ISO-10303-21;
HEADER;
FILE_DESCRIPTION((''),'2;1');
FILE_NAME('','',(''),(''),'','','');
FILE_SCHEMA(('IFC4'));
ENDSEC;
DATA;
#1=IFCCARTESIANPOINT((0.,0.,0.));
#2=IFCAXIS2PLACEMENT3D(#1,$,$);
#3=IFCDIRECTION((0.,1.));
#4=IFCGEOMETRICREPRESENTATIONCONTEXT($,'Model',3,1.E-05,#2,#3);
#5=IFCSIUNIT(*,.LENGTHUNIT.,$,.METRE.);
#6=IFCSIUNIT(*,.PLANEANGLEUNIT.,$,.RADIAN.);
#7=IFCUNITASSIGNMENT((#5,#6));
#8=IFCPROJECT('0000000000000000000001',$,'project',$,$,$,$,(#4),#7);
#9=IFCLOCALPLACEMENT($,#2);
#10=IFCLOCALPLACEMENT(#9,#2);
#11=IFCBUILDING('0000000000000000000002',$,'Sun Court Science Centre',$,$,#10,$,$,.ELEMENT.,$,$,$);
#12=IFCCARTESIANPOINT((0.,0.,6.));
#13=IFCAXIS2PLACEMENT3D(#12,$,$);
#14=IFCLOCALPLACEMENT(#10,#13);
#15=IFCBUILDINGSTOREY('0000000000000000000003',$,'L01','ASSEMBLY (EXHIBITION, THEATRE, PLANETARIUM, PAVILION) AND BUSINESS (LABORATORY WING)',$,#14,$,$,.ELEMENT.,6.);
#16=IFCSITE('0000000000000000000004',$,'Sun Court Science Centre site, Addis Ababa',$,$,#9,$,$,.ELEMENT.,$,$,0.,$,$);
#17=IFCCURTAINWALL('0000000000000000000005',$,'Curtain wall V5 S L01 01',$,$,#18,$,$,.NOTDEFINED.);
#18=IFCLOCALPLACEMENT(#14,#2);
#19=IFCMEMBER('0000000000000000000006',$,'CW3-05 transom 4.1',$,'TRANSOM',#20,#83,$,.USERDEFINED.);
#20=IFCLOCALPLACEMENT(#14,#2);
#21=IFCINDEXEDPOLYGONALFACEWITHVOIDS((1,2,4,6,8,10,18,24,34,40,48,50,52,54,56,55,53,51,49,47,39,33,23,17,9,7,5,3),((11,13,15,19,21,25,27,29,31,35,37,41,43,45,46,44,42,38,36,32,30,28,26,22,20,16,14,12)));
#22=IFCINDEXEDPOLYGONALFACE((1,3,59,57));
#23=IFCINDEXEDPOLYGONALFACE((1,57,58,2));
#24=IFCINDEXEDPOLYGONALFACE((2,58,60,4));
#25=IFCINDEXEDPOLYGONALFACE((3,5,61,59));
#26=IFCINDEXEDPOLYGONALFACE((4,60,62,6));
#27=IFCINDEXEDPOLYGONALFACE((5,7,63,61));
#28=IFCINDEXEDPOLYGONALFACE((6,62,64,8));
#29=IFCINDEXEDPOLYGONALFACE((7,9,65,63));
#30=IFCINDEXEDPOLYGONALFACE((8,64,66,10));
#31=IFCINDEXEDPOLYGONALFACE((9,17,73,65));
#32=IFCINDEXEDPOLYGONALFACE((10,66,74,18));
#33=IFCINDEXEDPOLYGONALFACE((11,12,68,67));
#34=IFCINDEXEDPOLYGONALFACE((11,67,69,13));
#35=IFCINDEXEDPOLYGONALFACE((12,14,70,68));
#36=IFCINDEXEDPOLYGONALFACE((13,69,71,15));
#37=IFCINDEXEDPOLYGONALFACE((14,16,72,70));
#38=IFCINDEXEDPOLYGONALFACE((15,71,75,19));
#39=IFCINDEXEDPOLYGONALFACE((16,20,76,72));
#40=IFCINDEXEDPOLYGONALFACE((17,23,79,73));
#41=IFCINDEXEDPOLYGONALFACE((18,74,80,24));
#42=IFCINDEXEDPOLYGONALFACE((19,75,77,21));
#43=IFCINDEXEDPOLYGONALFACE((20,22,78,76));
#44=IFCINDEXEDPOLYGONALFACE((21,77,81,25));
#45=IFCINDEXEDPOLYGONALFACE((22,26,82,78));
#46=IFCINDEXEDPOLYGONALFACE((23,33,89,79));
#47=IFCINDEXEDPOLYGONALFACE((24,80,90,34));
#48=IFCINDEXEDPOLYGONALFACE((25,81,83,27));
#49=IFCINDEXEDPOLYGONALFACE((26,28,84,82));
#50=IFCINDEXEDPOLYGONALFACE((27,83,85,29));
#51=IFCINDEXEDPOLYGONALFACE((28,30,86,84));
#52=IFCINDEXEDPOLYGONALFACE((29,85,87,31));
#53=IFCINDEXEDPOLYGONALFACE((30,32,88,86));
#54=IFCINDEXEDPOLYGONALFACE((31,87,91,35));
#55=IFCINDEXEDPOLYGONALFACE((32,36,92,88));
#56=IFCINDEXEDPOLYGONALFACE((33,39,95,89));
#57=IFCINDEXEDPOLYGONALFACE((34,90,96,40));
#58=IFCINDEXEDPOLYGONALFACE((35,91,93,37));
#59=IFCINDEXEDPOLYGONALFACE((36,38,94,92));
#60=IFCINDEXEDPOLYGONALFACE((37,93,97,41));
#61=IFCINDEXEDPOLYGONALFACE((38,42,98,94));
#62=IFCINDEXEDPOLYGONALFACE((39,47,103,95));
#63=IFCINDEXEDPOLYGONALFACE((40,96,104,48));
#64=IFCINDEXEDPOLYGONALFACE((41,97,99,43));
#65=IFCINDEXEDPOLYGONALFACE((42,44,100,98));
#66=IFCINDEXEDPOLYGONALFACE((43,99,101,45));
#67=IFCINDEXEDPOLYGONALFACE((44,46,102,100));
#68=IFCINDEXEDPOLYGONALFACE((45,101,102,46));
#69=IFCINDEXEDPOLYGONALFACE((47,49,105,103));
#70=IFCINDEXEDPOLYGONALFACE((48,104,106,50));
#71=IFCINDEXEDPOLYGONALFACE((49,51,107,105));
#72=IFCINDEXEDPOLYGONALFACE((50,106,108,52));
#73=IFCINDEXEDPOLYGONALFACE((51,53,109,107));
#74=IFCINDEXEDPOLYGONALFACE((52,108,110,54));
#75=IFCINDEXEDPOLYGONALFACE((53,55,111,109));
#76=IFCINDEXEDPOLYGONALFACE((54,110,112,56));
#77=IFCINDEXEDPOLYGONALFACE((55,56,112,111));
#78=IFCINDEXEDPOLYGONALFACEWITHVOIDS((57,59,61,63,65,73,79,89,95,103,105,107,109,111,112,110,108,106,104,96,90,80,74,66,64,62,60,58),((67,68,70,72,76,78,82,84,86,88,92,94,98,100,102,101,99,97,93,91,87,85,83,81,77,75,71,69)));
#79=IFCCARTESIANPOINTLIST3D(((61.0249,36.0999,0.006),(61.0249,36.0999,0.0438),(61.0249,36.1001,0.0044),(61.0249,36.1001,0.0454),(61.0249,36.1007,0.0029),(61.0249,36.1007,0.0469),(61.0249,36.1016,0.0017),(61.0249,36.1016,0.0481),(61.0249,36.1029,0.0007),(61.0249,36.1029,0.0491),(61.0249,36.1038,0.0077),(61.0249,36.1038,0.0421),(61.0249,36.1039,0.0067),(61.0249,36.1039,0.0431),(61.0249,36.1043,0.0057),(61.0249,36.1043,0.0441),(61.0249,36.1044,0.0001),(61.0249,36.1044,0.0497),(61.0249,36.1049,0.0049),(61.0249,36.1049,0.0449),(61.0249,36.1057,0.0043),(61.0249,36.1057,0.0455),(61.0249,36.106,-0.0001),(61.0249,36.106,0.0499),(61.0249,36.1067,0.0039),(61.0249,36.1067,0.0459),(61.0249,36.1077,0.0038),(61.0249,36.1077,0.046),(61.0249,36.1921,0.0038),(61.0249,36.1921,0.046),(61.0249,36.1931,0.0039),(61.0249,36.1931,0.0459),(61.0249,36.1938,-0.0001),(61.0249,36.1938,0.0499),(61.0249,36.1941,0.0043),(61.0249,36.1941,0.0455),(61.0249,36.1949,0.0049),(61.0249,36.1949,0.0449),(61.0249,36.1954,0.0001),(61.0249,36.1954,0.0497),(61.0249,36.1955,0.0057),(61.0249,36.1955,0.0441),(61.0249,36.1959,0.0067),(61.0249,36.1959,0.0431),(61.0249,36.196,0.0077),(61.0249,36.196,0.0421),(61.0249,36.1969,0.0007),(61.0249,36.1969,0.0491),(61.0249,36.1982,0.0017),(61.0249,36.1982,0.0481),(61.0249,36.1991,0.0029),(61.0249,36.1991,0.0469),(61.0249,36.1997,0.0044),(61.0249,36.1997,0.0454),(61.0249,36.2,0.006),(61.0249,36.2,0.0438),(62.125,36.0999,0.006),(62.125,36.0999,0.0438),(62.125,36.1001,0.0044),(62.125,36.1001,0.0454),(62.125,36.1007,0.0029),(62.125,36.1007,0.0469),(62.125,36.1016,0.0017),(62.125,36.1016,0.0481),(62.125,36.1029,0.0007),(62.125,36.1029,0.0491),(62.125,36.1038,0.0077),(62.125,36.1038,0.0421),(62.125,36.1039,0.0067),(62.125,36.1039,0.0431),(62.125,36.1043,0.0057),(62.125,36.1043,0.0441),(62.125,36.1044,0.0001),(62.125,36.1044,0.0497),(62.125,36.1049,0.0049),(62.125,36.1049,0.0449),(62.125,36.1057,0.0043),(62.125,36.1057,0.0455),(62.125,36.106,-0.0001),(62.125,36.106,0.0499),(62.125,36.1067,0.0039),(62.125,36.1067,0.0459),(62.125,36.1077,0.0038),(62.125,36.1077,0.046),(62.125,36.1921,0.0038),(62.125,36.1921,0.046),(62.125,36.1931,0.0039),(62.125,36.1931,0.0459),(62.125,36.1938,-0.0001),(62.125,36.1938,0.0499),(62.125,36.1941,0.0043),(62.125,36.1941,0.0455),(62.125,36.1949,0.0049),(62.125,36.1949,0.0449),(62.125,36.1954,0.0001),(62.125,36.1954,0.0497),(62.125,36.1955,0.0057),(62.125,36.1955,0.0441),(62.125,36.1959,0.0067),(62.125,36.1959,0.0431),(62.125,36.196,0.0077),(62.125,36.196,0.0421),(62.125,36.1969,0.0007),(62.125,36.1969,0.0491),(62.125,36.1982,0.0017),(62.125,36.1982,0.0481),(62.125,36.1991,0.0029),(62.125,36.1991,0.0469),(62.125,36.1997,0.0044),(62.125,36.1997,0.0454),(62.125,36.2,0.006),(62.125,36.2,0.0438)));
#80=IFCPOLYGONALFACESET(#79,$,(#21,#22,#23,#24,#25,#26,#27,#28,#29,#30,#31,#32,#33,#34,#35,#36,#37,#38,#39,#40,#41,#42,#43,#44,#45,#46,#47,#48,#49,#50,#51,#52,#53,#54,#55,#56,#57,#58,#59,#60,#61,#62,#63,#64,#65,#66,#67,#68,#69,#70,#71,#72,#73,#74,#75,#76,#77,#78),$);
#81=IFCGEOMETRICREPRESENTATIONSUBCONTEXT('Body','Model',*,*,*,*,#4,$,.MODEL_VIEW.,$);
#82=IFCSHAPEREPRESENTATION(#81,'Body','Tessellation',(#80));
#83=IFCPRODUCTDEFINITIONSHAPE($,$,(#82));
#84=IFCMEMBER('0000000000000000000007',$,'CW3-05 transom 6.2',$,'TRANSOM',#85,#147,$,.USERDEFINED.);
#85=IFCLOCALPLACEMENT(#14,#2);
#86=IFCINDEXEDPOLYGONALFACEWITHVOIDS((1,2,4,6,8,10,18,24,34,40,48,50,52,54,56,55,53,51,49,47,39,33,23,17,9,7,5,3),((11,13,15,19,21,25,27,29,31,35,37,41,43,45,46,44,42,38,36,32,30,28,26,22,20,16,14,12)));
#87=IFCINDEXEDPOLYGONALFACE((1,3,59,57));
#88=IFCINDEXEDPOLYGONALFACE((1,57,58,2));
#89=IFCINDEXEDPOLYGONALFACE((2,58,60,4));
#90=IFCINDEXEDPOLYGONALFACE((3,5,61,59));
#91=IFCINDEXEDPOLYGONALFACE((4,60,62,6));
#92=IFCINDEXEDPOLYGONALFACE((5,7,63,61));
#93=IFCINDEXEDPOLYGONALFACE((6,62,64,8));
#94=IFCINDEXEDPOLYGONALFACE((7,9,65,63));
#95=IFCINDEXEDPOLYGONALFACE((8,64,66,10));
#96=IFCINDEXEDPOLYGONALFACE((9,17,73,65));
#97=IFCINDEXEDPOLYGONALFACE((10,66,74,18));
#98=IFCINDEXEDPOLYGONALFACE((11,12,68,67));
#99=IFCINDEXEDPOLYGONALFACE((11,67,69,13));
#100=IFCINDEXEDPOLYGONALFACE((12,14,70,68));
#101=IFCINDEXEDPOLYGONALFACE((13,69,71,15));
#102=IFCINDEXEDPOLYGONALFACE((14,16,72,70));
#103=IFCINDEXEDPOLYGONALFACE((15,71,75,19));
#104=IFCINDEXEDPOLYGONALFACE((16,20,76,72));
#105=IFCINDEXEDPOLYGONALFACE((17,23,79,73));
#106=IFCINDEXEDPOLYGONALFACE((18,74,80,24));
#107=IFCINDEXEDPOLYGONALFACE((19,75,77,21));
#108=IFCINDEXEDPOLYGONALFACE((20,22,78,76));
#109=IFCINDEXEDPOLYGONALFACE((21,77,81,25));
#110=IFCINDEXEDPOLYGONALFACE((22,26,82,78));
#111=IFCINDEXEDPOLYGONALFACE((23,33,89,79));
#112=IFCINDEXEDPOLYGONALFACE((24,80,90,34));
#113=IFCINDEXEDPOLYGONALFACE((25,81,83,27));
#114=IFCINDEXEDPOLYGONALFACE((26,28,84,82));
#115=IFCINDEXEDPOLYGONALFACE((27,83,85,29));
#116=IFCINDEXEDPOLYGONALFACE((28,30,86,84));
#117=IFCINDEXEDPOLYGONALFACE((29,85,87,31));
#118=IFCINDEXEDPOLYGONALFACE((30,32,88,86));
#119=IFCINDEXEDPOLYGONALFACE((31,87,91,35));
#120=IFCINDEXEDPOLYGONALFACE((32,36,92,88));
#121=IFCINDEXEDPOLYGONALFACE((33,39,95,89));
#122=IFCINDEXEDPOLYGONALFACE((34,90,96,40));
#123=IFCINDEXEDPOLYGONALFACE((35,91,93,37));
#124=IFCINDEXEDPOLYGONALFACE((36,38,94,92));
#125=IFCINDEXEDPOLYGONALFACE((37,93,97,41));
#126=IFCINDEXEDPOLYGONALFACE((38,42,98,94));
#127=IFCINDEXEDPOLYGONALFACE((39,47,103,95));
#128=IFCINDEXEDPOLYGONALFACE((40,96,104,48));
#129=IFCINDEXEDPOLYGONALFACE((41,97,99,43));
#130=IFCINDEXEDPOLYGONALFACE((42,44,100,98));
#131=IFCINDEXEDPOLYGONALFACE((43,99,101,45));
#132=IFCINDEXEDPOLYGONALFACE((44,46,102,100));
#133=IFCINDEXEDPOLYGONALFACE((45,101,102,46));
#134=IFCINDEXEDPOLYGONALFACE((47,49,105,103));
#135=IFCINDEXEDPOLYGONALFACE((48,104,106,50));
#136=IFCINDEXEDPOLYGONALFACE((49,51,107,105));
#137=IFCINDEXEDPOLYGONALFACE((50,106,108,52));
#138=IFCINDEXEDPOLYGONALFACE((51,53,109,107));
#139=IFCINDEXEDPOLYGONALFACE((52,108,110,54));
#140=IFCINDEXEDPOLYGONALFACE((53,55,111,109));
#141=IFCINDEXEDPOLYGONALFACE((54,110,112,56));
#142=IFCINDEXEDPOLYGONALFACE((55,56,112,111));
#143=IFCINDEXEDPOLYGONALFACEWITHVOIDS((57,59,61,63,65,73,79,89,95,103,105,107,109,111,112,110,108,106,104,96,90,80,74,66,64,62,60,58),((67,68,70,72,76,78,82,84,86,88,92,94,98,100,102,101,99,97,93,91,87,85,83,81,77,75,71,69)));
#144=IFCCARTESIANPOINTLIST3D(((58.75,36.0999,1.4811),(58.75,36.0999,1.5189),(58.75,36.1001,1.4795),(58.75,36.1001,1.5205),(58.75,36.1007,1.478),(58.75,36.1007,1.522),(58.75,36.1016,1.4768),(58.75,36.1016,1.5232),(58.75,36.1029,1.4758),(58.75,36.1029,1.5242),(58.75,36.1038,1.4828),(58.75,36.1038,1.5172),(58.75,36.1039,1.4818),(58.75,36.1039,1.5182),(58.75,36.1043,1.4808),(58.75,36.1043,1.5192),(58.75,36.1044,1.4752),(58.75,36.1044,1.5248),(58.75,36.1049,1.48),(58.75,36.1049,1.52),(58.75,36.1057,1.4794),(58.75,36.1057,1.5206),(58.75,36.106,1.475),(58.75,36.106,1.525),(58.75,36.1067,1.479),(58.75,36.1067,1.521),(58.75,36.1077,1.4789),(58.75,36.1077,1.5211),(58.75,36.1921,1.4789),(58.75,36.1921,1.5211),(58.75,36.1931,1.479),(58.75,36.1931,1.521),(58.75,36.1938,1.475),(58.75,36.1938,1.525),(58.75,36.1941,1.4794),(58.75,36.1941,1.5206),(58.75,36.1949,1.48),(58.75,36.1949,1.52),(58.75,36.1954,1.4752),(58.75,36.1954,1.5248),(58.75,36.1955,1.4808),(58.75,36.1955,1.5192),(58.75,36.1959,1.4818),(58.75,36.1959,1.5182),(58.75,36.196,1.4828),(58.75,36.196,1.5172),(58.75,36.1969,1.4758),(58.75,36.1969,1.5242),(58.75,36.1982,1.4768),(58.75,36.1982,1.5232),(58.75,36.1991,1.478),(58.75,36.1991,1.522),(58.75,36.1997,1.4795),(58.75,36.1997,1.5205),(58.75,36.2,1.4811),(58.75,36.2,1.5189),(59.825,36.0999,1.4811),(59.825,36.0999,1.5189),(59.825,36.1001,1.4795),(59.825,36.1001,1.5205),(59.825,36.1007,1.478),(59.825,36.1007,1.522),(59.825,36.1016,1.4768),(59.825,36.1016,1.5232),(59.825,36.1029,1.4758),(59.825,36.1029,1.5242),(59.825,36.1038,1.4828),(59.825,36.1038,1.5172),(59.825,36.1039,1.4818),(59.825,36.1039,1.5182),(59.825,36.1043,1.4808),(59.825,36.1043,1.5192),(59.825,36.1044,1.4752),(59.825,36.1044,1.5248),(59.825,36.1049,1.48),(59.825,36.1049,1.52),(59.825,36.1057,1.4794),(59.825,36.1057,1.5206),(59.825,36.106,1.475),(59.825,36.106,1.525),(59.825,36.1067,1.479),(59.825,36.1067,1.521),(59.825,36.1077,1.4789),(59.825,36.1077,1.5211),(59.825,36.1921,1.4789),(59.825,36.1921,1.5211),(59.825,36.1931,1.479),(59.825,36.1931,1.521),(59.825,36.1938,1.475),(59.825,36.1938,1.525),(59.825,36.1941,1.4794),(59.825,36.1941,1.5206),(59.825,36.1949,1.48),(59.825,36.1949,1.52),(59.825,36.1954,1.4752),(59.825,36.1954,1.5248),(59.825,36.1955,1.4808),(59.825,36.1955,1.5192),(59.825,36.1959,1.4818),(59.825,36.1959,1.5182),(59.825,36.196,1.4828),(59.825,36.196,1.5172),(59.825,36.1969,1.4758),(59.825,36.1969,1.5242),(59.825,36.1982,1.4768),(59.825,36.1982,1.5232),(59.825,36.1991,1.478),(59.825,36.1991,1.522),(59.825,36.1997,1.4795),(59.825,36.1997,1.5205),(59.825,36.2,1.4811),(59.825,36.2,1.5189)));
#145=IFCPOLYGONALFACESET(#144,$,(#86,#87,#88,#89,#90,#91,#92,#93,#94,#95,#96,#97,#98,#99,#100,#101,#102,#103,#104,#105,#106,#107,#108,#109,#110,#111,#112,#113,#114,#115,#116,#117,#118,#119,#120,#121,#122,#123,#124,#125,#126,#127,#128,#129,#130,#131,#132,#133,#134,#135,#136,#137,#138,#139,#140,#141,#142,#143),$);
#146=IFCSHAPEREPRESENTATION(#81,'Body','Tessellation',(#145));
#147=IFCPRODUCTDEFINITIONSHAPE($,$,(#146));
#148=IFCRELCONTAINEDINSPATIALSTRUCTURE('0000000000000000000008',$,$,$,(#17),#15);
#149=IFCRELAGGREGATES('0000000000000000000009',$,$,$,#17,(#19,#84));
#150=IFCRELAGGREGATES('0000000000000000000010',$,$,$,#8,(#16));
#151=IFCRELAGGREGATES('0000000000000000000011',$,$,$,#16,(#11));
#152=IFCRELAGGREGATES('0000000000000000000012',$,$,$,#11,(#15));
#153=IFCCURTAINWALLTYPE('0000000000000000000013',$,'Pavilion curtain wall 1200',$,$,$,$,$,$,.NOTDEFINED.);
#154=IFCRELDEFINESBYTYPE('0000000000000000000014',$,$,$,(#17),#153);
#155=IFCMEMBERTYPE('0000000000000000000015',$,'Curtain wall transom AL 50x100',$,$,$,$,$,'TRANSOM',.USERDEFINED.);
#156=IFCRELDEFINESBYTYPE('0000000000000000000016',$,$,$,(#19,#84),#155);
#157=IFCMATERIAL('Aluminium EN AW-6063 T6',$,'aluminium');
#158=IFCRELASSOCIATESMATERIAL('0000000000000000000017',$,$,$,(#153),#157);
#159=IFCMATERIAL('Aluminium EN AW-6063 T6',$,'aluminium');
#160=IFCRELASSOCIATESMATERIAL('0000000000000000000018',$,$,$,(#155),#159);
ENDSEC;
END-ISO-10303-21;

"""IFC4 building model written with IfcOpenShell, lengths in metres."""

from ifc_helpers import new_model, si_unit, direction, frame, origin, origin_2d, place, context, subcontext, project, spatial, hollow_rectangle, extrude, material, material_profile, profile_set, type_object, element, aggregate, save


model = new_model("IFC4")

# Units and contexts
model_context = context("Model", 3, precision=1e-05, world=origin(), true_north=direction((0.0, 1.0)))
body_context = subcontext(model_context, "Body", "Model", "MODEL_VIEW")
ifc_project = project(units=[si_unit("LENGTHUNIT", "METRE"), si_unit("PLANEANGLEUNIT", "RADIAN")], contexts=[model_context])

# Site, building, storey
site_placement = place(None, origin())
site = spatial("IfcSite", under=ifc_project, at=site_placement, Name="Sun Court Science Centre site, Addis Ababa", CompositionType="ELEMENT", RefElevation=0.0)
building_placement = place(site_placement, origin())
building = spatial("IfcBuilding", under=site, at=building_placement, Name="Sun Court Science Centre", CompositionType="ELEMENT")
storey_placement = place(building_placement, frame((0.0, 0.0, 6.0)))
storey = spatial("IfcBuildingStorey", under=building, at=storey_placement, Name="L01", Description="ASSEMBLY (EXHIBITION, THEATRE, PLANETARIUM, PAVILION) AND BUSINESS (LABORATORY WING)", CompositionType="ELEMENT", Elevation=6.0)

# Curtain wall
ifc_material_1 = material(Name="Aluminium EN AW-6063 T6", Category="aluminium")
curtain_wall_type = type_object("IfcCurtainWallType", Name="Pavilion curtain wall 1200", PredefinedType="NOTDEFINED", material=ifc_material_1)
curtain_wall_1_placement = place(storey_placement, origin())
curtain_wall_1 = element("IfcCurtainWall", 1, at=curtain_wall_1_placement, inside=storey, type_object=curtain_wall_type, Name="Curtain wall V5 S L01 01", PredefinedType="NOTDEFINED")

# Members
ifc_material_2 = material(Name="Aluminium EN AW-6063 T6", Category="aluminium")
ifc_material_profile_1 = material_profile(ifc_material_2, hollow_rectangle(XDim=0.05, YDim=0.1001, WallThickness=0.0039, InnerFilletRadius=0.0039, OuterFilletRadius=0.0061, at=origin_2d()), Name="AL 50x100x4")
ifc_profile_set_1 = profile_set([ifc_material_profile_1], Name="Aluminium EN AW-6063 T6")
member_type_1 = type_object("IfcMemberType", Name="Curtain wall transom AL 50x100", ElementType="TRANSOM", PredefinedType="USERDEFINED", material=ifc_profile_set_1)
member_1_placement = place(storey_placement, frame((62.125, 36.1499, 0.0249), z_axis=(-1.0, 0.0, 0.0), x_axis=(0.0, 0.0, 1.0)))
member_1 = element("IfcMember", 2, at=member_1_placement, type_object=member_type_1, Name="CW3-05 transom 4.1", ObjectType="TRANSOM", PredefinedType="USERDEFINED", context=body_context, shape_type="SweptSolid", body=[
    extrude(hollow_rectangle(XDim=0.05, YDim=0.1001, WallThickness=0.0039, InnerFilletRadius=0.0039, OuterFilletRadius=0.0061, at=origin_2d()), origin(), (0.0, 0.0, 1.0), 1.1001),
])
member_2_placement = place(storey_placement, frame((59.825, 36.1499, 1.5), z_axis=(-1.0, 0.0, 0.0), x_axis=(0.0, 0.0, 1.0)))
member_2 = element("IfcMember", 3, at=member_2_placement, type_object=member_type_1, Name="CW3-05 transom 6.2", ObjectType="TRANSOM", PredefinedType="USERDEFINED", context=body_context, shape_type="SweptSolid", body=[
    extrude(hollow_rectangle(XDim=0.05, YDim=0.1001, WallThickness=0.0039, InnerFilletRadius=0.0039, OuterFilletRadius=0.0061, at=origin_2d()), origin(), (0.0, 0.0, 1.0), 1.075),
])

aggregate(curtain_wall_1, [member_1, member_2])

save(model, "model.ifc")
